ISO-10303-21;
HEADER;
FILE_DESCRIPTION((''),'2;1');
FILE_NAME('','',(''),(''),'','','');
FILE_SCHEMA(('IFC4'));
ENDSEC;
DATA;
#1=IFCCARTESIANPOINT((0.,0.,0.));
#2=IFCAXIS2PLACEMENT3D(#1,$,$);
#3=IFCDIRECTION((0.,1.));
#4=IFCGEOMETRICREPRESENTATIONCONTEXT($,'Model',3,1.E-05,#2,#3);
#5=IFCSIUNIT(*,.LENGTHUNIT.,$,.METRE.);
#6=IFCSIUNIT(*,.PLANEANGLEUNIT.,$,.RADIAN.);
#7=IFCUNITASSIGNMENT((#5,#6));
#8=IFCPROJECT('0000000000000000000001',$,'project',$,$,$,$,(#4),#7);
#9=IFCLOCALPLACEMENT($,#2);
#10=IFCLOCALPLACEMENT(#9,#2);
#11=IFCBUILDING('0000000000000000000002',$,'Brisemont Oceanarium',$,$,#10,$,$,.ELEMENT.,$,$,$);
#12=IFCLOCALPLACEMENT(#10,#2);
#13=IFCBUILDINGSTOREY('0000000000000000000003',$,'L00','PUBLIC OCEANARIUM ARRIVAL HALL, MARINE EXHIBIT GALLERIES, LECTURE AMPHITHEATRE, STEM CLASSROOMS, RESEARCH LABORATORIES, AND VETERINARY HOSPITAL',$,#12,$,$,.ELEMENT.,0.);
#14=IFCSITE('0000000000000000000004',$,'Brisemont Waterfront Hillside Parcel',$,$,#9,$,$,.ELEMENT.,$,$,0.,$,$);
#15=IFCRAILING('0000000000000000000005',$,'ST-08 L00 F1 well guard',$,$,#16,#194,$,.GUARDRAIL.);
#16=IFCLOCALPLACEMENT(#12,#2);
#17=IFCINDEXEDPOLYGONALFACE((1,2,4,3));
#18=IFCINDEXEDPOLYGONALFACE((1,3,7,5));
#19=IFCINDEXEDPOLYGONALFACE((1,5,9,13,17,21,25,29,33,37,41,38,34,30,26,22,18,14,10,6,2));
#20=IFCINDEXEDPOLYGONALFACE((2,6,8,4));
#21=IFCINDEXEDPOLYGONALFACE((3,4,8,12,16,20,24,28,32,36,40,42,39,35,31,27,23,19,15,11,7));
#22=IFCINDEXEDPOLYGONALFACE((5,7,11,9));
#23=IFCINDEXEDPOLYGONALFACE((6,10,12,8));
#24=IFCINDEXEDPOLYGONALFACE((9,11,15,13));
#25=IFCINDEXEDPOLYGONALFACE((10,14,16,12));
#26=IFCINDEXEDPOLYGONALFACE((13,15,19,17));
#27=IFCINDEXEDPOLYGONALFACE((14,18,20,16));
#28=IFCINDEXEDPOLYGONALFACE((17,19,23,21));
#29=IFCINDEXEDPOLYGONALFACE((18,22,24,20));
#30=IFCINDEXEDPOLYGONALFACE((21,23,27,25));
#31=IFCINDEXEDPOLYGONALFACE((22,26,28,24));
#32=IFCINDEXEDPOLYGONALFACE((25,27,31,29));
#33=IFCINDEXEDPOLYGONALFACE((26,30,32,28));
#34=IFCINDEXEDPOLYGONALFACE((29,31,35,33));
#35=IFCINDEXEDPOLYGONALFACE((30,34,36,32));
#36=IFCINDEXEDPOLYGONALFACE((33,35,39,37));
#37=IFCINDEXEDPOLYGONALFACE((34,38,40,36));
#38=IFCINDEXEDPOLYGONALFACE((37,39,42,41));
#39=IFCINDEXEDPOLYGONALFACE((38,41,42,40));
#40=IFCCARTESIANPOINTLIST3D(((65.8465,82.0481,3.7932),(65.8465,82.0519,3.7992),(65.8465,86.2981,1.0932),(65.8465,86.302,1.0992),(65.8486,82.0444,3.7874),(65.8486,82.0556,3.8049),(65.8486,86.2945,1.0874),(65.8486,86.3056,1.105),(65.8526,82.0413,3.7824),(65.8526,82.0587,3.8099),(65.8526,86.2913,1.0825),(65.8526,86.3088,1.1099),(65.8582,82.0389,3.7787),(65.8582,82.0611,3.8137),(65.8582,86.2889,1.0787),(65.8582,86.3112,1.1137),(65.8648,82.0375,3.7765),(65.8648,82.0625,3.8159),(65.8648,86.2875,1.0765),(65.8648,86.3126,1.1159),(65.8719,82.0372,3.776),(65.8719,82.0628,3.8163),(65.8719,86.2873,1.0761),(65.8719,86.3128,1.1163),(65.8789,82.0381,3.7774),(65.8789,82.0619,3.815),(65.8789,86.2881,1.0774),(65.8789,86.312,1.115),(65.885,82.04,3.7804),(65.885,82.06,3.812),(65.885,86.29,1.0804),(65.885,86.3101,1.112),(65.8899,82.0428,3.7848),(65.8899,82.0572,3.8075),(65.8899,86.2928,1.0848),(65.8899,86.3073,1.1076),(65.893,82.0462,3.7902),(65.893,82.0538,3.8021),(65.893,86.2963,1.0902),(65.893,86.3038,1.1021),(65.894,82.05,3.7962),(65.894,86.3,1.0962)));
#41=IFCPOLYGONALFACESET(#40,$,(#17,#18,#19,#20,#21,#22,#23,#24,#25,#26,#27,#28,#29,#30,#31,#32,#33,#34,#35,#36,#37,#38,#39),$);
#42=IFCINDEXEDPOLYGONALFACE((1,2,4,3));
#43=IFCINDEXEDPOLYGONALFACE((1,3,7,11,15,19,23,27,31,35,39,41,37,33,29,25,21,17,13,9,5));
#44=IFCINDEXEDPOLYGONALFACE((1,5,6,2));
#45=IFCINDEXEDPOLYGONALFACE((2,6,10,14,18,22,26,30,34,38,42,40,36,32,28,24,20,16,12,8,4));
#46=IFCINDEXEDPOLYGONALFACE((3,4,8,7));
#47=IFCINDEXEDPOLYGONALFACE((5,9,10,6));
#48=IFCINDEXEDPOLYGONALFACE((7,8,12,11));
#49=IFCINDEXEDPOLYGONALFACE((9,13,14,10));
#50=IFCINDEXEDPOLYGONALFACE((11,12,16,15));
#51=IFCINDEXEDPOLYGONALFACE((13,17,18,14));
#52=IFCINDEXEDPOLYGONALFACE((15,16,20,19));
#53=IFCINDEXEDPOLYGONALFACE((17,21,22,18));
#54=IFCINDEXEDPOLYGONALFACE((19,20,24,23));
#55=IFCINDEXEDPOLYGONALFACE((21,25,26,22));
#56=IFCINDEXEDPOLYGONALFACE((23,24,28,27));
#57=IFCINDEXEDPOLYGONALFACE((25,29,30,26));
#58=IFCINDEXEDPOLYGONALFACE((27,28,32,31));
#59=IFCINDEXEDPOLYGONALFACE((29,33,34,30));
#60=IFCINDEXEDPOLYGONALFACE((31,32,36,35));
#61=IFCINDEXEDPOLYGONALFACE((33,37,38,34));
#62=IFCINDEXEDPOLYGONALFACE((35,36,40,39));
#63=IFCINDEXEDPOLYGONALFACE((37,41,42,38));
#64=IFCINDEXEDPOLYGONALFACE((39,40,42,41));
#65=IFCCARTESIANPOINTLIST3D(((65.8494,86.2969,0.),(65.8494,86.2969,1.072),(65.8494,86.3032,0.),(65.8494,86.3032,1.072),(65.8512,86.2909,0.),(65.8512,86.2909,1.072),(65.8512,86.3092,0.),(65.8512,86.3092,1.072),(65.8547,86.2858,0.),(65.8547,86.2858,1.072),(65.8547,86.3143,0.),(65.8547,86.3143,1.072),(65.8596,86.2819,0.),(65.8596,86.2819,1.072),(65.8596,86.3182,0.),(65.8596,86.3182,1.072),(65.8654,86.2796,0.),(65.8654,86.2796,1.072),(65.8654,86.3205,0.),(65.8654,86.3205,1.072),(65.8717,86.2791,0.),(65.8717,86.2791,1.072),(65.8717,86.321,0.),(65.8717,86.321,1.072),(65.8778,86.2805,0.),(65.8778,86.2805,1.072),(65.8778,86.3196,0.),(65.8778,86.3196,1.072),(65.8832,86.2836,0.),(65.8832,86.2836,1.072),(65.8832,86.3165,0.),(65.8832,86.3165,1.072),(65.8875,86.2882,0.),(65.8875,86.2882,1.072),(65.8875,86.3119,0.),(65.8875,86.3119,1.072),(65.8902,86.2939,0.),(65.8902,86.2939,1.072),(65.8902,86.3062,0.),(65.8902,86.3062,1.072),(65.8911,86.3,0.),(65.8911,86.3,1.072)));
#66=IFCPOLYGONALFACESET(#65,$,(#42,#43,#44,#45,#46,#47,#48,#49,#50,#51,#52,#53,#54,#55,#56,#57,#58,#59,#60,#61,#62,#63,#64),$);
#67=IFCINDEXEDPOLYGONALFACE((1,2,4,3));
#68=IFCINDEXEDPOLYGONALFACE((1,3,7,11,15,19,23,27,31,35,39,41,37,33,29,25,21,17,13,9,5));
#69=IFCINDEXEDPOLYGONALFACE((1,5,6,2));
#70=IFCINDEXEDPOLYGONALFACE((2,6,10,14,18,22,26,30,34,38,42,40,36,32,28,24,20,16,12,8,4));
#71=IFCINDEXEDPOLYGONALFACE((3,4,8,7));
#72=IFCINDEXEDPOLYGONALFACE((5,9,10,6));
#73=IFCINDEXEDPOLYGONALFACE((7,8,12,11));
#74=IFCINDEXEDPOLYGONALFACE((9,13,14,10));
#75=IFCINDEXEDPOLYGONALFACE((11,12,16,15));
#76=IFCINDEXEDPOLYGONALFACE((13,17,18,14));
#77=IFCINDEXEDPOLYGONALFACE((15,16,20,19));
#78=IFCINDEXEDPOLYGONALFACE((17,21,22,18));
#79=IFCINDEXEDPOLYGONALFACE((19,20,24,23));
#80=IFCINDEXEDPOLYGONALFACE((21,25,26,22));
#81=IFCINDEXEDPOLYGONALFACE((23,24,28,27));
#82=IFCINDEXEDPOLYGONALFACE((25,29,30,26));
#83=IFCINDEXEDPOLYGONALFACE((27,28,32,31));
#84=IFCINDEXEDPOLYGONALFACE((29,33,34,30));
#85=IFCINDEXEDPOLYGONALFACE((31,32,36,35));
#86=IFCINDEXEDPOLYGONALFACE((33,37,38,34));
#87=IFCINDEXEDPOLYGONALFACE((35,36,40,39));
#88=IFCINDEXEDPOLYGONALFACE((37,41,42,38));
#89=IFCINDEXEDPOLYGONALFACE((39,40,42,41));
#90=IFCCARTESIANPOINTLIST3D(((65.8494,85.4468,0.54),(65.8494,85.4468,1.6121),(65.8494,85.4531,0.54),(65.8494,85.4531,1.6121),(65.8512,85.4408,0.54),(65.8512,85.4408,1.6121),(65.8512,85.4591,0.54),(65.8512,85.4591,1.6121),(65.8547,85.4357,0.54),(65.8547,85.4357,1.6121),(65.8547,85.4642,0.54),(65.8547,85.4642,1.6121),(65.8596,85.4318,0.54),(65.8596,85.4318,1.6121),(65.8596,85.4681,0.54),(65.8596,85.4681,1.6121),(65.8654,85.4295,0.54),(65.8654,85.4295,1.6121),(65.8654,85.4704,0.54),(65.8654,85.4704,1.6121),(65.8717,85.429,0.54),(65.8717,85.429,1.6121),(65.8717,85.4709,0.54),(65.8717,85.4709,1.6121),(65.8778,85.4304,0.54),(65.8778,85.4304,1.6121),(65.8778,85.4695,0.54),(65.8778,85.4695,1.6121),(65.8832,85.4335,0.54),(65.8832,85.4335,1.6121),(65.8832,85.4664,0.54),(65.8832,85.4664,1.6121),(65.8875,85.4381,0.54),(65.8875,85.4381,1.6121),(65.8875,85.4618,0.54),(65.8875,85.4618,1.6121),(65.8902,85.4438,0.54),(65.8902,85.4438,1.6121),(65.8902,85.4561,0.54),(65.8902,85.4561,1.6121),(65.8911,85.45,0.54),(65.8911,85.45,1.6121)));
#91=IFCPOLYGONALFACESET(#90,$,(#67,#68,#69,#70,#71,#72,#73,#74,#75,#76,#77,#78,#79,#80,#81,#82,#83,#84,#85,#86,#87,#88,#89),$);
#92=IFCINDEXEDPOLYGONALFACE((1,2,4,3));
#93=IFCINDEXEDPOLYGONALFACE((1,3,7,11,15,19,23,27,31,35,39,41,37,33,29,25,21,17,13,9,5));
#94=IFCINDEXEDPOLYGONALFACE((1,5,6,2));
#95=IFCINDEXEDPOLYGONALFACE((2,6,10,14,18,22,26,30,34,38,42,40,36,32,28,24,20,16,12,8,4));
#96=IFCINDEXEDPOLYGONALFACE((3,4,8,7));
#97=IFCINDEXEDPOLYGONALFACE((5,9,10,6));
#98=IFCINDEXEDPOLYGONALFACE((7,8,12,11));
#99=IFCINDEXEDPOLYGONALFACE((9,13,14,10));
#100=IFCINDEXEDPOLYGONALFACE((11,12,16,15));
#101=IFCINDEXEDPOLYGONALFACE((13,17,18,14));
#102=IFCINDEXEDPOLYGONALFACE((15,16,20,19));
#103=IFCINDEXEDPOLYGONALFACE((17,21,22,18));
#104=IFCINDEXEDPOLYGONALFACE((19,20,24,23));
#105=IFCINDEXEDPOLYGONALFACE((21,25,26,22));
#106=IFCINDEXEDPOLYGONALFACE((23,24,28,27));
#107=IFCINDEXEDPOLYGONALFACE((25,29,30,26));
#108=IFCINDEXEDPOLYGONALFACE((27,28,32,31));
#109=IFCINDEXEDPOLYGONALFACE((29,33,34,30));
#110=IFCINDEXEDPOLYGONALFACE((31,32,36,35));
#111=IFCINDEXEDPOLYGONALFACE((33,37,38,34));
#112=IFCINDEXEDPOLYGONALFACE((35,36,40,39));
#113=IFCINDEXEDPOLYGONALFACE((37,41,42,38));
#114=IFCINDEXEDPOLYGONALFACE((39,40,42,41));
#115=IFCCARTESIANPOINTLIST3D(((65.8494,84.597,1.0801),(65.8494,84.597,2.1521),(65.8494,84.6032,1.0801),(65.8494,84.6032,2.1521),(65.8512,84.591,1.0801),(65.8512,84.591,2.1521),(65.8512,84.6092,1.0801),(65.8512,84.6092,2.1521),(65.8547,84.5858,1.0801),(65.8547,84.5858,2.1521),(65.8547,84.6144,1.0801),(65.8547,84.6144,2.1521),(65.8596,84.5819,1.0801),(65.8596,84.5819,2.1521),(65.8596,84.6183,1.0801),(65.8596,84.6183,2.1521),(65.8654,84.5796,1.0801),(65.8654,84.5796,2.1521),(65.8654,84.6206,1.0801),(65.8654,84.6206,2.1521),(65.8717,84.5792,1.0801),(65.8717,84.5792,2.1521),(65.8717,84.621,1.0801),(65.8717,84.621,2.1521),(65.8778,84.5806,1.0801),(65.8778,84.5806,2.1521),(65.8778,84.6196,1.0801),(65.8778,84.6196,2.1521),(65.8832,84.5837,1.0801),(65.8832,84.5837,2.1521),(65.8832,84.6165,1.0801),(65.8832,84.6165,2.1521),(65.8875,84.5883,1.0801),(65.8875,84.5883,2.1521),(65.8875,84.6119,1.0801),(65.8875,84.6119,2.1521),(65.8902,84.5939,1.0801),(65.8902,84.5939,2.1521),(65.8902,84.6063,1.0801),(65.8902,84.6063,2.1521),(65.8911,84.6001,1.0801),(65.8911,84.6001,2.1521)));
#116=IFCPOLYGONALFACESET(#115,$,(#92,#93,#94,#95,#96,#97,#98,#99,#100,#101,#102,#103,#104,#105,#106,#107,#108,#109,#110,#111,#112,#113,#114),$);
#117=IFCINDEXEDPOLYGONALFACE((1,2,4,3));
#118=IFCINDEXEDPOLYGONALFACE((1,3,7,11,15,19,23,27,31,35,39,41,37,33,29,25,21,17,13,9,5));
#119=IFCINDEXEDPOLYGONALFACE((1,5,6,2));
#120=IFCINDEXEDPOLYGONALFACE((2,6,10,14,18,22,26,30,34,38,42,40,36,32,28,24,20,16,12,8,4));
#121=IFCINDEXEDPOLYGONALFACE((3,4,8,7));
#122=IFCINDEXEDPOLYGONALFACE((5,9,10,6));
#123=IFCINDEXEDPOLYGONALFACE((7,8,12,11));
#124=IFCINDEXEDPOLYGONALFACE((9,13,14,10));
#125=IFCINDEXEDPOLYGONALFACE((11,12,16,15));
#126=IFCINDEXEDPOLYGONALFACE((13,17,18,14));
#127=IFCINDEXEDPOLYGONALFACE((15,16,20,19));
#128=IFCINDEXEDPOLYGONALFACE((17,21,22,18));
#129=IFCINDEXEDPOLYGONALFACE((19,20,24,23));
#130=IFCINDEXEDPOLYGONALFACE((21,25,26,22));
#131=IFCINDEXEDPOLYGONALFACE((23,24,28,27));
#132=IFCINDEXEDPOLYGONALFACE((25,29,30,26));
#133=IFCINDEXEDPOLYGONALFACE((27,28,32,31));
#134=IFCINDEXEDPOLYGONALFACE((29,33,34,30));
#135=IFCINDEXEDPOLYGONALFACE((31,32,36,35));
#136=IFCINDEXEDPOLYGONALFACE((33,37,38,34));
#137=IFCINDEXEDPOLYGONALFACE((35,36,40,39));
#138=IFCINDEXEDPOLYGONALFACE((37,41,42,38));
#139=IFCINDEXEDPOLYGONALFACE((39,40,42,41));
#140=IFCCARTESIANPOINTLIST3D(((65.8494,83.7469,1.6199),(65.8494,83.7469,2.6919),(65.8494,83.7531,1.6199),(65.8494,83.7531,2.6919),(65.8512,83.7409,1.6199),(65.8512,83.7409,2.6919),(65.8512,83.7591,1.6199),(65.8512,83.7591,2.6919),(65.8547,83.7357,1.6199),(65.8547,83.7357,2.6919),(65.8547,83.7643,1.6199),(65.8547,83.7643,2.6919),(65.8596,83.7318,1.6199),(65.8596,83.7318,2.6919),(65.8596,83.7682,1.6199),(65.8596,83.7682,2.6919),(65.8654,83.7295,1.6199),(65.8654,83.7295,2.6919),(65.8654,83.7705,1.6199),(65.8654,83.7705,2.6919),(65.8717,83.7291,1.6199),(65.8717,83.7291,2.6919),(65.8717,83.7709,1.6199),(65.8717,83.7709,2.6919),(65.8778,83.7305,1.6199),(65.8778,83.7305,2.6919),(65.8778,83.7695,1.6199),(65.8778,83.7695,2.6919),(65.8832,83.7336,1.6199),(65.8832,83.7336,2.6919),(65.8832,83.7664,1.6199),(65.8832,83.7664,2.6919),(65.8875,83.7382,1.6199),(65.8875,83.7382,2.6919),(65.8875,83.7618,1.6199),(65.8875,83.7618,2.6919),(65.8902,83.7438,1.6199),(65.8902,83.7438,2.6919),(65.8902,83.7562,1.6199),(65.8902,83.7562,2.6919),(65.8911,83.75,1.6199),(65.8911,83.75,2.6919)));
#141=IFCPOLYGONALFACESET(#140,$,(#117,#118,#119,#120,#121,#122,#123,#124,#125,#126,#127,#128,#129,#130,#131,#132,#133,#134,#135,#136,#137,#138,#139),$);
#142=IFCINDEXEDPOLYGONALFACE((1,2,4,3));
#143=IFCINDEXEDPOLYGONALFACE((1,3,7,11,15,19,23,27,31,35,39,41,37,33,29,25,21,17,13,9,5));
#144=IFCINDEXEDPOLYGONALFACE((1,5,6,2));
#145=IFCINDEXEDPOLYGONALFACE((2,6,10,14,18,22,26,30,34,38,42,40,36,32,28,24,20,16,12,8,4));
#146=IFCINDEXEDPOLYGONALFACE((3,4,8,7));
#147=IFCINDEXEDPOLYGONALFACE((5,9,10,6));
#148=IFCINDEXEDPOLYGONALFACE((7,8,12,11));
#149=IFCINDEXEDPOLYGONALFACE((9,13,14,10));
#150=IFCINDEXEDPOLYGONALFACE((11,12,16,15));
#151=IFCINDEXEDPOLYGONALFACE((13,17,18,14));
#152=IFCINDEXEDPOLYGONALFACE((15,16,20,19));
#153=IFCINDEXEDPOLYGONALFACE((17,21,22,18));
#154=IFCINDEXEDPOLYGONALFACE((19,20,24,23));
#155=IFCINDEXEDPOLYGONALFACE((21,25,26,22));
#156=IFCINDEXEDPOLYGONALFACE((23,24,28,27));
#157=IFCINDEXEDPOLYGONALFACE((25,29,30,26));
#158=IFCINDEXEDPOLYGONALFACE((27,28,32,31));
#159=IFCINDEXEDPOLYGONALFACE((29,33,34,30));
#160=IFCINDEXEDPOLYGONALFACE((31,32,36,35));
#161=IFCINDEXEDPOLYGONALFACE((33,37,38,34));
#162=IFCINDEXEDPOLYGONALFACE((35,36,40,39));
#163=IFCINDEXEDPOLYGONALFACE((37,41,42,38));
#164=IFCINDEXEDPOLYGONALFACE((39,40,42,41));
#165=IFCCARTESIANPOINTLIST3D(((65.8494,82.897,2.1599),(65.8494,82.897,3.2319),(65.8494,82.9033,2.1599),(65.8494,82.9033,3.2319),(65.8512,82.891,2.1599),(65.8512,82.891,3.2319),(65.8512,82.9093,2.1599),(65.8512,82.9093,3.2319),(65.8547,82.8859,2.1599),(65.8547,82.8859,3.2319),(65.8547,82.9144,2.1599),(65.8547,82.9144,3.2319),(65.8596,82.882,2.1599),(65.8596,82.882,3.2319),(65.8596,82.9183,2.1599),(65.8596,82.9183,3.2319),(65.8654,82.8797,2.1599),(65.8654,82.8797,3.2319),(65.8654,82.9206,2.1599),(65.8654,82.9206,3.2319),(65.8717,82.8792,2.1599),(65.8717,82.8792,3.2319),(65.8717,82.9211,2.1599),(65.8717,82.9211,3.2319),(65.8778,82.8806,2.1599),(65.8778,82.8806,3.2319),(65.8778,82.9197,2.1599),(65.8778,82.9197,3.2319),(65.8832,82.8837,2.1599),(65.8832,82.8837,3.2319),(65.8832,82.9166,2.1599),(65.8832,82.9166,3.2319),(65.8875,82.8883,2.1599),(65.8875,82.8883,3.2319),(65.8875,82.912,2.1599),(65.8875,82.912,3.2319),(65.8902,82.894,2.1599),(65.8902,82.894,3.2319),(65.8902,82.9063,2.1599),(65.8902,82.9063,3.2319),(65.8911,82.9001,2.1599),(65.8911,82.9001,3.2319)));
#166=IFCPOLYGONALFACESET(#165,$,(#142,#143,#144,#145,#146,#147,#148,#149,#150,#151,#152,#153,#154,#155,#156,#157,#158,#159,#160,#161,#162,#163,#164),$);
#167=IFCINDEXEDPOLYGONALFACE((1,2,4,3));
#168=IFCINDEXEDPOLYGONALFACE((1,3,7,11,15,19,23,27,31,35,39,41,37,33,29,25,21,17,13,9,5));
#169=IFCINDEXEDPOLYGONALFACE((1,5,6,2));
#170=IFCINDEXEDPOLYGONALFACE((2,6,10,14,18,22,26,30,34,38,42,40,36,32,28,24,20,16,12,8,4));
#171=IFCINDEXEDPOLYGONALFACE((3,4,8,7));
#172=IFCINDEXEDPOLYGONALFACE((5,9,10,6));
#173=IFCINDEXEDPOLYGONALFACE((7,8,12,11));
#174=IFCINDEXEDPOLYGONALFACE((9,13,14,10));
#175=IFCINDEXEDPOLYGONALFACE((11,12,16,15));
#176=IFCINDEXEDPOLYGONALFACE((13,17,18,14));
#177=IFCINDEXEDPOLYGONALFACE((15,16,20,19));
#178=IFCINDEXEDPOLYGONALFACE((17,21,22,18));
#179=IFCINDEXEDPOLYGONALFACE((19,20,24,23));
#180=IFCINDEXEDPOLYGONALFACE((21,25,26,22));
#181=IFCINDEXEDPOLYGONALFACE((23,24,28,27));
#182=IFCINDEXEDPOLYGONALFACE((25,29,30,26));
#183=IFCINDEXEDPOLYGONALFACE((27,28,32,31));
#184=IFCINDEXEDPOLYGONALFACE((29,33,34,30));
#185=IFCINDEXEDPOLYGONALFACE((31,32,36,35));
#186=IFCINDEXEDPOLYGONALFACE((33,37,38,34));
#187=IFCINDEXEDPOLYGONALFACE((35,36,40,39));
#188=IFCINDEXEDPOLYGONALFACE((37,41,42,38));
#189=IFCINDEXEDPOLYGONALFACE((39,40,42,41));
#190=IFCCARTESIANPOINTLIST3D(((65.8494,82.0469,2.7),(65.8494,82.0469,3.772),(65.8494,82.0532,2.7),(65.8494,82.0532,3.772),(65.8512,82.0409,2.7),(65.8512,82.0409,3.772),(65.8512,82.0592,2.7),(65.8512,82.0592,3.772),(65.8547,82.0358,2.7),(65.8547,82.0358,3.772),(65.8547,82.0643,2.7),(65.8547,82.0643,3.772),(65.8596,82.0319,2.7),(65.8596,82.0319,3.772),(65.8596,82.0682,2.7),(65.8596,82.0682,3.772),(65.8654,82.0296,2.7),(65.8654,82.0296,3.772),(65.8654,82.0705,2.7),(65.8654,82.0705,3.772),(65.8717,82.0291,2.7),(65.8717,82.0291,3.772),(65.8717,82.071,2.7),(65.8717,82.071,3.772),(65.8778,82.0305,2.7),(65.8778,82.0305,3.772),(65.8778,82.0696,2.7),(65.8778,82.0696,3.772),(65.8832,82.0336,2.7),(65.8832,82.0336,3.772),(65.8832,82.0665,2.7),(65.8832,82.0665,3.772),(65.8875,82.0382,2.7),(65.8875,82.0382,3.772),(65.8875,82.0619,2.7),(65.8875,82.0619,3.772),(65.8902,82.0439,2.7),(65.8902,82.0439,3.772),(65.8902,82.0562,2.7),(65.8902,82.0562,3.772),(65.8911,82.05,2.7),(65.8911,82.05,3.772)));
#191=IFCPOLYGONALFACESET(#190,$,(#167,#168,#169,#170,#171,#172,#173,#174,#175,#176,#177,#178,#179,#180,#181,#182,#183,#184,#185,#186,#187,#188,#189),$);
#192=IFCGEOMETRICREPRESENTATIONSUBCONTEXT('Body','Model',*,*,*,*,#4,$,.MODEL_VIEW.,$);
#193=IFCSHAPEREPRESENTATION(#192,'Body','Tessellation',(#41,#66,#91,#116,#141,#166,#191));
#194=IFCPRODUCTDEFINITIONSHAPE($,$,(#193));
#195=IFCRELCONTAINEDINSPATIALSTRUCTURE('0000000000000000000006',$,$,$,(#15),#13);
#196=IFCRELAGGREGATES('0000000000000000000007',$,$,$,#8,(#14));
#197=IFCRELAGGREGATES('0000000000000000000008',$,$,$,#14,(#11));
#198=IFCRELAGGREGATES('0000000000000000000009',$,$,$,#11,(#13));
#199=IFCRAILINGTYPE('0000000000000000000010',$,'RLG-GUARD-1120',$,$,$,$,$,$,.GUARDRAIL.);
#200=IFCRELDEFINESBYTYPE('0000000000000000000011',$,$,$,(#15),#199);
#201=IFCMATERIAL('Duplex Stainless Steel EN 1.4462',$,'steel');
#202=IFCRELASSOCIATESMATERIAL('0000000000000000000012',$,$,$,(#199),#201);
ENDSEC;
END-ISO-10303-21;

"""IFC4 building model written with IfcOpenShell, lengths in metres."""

from ifc_helpers import new_model, si_unit, direction, frame, origin, origin_2d, place, context, subcontext, project, spatial, circle, extrude, material, type_object, element, save


model = new_model("IFC4")

# Units and contexts
model_context = context("Model", 3, precision=1e-05, world=origin(), true_north=direction((0.0, 1.0)))
body_context = subcontext(model_context, "Body", "Model", "MODEL_VIEW")
ifc_project = project(units=[si_unit("LENGTHUNIT", "METRE"), si_unit("PLANEANGLEUNIT", "RADIAN")], contexts=[model_context])

# Site, building, storey
site_placement = place(None, origin())
site = spatial("IfcSite", under=ifc_project, at=site_placement, Name="Brisemont Waterfront Hillside Parcel", CompositionType="ELEMENT", RefElevation=0.0)
building_placement = place(site_placement, origin())
building = spatial("IfcBuilding", under=site, at=building_placement, Name="Brisemont Oceanarium", CompositionType="ELEMENT")
storey_placement = place(building_placement, origin())
storey = spatial("IfcBuildingStorey", under=building, at=storey_placement, Name="L00", Description="PUBLIC OCEANARIUM ARRIVAL HALL, MARINE EXHIBIT GALLERIES, LECTURE AMPHITHEATRE, STEM CLASSROOMS, RESEARCH LABORATORIES, AND VETERINARY HOSPITAL", CompositionType="ELEMENT", Elevation=0.0)

# Railing
ifc_material_1 = material(Name="Duplex Stainless Steel EN 1.4462", Category="steel")
railing_type_1 = type_object("IfcRailingType", Name="RLG-GUARD-1120", PredefinedType="GUARDRAIL", material=ifc_material_1)
railing_1_placement = place(storey_placement, frame((65.8701, 86.3, 0.0)))
element("IfcRailing", 1, at=railing_1_placement, inside=storey, type_object=railing_type_1, Name="ST-08 L00 F1 well guard", PredefinedType="GUARDRAIL", context=body_context, shape_type="SweptSolid", body=[
    extrude(circle(Radius=0.0239, at=origin_2d()), frame((0.0, 0.0, 1.0962), z_axis=(0.0, -0.844075, 0.536226), x_axis=(1.0, 0.0, 0.0)), (0.0, 0.0, 1.0), 5.0352),
    extrude(circle(Radius=0.021, at=origin_2d()), origin(), (0.0, 0.0, 1.0), 1.072),
    extrude(circle(Radius=0.021, at=origin_2d()), frame((0.0, -0.8501, 0.54)), (0.0, 0.0, 1.0), 1.072),
    extrude(circle(Radius=0.021, at=origin_2d()), frame((0.0, -1.7, 1.0801)), (0.0, 0.0, 1.0), 1.072),
    extrude(circle(Radius=0.021, at=origin_2d()), frame((0.0, -2.55, 1.6199)), (0.0, 0.0, 1.0), 1.072),
    extrude(circle(Radius=0.021, at=origin_2d()), frame((0.0, -3.3999, 2.1599)), (0.0, 0.0, 1.0), 1.072),
    extrude(circle(Radius=0.021, at=origin_2d()), frame((0.0, -4.25, 2.7)), (0.0, 0.0, 1.0), 1.072),
])

save(model, "model.ifc")
